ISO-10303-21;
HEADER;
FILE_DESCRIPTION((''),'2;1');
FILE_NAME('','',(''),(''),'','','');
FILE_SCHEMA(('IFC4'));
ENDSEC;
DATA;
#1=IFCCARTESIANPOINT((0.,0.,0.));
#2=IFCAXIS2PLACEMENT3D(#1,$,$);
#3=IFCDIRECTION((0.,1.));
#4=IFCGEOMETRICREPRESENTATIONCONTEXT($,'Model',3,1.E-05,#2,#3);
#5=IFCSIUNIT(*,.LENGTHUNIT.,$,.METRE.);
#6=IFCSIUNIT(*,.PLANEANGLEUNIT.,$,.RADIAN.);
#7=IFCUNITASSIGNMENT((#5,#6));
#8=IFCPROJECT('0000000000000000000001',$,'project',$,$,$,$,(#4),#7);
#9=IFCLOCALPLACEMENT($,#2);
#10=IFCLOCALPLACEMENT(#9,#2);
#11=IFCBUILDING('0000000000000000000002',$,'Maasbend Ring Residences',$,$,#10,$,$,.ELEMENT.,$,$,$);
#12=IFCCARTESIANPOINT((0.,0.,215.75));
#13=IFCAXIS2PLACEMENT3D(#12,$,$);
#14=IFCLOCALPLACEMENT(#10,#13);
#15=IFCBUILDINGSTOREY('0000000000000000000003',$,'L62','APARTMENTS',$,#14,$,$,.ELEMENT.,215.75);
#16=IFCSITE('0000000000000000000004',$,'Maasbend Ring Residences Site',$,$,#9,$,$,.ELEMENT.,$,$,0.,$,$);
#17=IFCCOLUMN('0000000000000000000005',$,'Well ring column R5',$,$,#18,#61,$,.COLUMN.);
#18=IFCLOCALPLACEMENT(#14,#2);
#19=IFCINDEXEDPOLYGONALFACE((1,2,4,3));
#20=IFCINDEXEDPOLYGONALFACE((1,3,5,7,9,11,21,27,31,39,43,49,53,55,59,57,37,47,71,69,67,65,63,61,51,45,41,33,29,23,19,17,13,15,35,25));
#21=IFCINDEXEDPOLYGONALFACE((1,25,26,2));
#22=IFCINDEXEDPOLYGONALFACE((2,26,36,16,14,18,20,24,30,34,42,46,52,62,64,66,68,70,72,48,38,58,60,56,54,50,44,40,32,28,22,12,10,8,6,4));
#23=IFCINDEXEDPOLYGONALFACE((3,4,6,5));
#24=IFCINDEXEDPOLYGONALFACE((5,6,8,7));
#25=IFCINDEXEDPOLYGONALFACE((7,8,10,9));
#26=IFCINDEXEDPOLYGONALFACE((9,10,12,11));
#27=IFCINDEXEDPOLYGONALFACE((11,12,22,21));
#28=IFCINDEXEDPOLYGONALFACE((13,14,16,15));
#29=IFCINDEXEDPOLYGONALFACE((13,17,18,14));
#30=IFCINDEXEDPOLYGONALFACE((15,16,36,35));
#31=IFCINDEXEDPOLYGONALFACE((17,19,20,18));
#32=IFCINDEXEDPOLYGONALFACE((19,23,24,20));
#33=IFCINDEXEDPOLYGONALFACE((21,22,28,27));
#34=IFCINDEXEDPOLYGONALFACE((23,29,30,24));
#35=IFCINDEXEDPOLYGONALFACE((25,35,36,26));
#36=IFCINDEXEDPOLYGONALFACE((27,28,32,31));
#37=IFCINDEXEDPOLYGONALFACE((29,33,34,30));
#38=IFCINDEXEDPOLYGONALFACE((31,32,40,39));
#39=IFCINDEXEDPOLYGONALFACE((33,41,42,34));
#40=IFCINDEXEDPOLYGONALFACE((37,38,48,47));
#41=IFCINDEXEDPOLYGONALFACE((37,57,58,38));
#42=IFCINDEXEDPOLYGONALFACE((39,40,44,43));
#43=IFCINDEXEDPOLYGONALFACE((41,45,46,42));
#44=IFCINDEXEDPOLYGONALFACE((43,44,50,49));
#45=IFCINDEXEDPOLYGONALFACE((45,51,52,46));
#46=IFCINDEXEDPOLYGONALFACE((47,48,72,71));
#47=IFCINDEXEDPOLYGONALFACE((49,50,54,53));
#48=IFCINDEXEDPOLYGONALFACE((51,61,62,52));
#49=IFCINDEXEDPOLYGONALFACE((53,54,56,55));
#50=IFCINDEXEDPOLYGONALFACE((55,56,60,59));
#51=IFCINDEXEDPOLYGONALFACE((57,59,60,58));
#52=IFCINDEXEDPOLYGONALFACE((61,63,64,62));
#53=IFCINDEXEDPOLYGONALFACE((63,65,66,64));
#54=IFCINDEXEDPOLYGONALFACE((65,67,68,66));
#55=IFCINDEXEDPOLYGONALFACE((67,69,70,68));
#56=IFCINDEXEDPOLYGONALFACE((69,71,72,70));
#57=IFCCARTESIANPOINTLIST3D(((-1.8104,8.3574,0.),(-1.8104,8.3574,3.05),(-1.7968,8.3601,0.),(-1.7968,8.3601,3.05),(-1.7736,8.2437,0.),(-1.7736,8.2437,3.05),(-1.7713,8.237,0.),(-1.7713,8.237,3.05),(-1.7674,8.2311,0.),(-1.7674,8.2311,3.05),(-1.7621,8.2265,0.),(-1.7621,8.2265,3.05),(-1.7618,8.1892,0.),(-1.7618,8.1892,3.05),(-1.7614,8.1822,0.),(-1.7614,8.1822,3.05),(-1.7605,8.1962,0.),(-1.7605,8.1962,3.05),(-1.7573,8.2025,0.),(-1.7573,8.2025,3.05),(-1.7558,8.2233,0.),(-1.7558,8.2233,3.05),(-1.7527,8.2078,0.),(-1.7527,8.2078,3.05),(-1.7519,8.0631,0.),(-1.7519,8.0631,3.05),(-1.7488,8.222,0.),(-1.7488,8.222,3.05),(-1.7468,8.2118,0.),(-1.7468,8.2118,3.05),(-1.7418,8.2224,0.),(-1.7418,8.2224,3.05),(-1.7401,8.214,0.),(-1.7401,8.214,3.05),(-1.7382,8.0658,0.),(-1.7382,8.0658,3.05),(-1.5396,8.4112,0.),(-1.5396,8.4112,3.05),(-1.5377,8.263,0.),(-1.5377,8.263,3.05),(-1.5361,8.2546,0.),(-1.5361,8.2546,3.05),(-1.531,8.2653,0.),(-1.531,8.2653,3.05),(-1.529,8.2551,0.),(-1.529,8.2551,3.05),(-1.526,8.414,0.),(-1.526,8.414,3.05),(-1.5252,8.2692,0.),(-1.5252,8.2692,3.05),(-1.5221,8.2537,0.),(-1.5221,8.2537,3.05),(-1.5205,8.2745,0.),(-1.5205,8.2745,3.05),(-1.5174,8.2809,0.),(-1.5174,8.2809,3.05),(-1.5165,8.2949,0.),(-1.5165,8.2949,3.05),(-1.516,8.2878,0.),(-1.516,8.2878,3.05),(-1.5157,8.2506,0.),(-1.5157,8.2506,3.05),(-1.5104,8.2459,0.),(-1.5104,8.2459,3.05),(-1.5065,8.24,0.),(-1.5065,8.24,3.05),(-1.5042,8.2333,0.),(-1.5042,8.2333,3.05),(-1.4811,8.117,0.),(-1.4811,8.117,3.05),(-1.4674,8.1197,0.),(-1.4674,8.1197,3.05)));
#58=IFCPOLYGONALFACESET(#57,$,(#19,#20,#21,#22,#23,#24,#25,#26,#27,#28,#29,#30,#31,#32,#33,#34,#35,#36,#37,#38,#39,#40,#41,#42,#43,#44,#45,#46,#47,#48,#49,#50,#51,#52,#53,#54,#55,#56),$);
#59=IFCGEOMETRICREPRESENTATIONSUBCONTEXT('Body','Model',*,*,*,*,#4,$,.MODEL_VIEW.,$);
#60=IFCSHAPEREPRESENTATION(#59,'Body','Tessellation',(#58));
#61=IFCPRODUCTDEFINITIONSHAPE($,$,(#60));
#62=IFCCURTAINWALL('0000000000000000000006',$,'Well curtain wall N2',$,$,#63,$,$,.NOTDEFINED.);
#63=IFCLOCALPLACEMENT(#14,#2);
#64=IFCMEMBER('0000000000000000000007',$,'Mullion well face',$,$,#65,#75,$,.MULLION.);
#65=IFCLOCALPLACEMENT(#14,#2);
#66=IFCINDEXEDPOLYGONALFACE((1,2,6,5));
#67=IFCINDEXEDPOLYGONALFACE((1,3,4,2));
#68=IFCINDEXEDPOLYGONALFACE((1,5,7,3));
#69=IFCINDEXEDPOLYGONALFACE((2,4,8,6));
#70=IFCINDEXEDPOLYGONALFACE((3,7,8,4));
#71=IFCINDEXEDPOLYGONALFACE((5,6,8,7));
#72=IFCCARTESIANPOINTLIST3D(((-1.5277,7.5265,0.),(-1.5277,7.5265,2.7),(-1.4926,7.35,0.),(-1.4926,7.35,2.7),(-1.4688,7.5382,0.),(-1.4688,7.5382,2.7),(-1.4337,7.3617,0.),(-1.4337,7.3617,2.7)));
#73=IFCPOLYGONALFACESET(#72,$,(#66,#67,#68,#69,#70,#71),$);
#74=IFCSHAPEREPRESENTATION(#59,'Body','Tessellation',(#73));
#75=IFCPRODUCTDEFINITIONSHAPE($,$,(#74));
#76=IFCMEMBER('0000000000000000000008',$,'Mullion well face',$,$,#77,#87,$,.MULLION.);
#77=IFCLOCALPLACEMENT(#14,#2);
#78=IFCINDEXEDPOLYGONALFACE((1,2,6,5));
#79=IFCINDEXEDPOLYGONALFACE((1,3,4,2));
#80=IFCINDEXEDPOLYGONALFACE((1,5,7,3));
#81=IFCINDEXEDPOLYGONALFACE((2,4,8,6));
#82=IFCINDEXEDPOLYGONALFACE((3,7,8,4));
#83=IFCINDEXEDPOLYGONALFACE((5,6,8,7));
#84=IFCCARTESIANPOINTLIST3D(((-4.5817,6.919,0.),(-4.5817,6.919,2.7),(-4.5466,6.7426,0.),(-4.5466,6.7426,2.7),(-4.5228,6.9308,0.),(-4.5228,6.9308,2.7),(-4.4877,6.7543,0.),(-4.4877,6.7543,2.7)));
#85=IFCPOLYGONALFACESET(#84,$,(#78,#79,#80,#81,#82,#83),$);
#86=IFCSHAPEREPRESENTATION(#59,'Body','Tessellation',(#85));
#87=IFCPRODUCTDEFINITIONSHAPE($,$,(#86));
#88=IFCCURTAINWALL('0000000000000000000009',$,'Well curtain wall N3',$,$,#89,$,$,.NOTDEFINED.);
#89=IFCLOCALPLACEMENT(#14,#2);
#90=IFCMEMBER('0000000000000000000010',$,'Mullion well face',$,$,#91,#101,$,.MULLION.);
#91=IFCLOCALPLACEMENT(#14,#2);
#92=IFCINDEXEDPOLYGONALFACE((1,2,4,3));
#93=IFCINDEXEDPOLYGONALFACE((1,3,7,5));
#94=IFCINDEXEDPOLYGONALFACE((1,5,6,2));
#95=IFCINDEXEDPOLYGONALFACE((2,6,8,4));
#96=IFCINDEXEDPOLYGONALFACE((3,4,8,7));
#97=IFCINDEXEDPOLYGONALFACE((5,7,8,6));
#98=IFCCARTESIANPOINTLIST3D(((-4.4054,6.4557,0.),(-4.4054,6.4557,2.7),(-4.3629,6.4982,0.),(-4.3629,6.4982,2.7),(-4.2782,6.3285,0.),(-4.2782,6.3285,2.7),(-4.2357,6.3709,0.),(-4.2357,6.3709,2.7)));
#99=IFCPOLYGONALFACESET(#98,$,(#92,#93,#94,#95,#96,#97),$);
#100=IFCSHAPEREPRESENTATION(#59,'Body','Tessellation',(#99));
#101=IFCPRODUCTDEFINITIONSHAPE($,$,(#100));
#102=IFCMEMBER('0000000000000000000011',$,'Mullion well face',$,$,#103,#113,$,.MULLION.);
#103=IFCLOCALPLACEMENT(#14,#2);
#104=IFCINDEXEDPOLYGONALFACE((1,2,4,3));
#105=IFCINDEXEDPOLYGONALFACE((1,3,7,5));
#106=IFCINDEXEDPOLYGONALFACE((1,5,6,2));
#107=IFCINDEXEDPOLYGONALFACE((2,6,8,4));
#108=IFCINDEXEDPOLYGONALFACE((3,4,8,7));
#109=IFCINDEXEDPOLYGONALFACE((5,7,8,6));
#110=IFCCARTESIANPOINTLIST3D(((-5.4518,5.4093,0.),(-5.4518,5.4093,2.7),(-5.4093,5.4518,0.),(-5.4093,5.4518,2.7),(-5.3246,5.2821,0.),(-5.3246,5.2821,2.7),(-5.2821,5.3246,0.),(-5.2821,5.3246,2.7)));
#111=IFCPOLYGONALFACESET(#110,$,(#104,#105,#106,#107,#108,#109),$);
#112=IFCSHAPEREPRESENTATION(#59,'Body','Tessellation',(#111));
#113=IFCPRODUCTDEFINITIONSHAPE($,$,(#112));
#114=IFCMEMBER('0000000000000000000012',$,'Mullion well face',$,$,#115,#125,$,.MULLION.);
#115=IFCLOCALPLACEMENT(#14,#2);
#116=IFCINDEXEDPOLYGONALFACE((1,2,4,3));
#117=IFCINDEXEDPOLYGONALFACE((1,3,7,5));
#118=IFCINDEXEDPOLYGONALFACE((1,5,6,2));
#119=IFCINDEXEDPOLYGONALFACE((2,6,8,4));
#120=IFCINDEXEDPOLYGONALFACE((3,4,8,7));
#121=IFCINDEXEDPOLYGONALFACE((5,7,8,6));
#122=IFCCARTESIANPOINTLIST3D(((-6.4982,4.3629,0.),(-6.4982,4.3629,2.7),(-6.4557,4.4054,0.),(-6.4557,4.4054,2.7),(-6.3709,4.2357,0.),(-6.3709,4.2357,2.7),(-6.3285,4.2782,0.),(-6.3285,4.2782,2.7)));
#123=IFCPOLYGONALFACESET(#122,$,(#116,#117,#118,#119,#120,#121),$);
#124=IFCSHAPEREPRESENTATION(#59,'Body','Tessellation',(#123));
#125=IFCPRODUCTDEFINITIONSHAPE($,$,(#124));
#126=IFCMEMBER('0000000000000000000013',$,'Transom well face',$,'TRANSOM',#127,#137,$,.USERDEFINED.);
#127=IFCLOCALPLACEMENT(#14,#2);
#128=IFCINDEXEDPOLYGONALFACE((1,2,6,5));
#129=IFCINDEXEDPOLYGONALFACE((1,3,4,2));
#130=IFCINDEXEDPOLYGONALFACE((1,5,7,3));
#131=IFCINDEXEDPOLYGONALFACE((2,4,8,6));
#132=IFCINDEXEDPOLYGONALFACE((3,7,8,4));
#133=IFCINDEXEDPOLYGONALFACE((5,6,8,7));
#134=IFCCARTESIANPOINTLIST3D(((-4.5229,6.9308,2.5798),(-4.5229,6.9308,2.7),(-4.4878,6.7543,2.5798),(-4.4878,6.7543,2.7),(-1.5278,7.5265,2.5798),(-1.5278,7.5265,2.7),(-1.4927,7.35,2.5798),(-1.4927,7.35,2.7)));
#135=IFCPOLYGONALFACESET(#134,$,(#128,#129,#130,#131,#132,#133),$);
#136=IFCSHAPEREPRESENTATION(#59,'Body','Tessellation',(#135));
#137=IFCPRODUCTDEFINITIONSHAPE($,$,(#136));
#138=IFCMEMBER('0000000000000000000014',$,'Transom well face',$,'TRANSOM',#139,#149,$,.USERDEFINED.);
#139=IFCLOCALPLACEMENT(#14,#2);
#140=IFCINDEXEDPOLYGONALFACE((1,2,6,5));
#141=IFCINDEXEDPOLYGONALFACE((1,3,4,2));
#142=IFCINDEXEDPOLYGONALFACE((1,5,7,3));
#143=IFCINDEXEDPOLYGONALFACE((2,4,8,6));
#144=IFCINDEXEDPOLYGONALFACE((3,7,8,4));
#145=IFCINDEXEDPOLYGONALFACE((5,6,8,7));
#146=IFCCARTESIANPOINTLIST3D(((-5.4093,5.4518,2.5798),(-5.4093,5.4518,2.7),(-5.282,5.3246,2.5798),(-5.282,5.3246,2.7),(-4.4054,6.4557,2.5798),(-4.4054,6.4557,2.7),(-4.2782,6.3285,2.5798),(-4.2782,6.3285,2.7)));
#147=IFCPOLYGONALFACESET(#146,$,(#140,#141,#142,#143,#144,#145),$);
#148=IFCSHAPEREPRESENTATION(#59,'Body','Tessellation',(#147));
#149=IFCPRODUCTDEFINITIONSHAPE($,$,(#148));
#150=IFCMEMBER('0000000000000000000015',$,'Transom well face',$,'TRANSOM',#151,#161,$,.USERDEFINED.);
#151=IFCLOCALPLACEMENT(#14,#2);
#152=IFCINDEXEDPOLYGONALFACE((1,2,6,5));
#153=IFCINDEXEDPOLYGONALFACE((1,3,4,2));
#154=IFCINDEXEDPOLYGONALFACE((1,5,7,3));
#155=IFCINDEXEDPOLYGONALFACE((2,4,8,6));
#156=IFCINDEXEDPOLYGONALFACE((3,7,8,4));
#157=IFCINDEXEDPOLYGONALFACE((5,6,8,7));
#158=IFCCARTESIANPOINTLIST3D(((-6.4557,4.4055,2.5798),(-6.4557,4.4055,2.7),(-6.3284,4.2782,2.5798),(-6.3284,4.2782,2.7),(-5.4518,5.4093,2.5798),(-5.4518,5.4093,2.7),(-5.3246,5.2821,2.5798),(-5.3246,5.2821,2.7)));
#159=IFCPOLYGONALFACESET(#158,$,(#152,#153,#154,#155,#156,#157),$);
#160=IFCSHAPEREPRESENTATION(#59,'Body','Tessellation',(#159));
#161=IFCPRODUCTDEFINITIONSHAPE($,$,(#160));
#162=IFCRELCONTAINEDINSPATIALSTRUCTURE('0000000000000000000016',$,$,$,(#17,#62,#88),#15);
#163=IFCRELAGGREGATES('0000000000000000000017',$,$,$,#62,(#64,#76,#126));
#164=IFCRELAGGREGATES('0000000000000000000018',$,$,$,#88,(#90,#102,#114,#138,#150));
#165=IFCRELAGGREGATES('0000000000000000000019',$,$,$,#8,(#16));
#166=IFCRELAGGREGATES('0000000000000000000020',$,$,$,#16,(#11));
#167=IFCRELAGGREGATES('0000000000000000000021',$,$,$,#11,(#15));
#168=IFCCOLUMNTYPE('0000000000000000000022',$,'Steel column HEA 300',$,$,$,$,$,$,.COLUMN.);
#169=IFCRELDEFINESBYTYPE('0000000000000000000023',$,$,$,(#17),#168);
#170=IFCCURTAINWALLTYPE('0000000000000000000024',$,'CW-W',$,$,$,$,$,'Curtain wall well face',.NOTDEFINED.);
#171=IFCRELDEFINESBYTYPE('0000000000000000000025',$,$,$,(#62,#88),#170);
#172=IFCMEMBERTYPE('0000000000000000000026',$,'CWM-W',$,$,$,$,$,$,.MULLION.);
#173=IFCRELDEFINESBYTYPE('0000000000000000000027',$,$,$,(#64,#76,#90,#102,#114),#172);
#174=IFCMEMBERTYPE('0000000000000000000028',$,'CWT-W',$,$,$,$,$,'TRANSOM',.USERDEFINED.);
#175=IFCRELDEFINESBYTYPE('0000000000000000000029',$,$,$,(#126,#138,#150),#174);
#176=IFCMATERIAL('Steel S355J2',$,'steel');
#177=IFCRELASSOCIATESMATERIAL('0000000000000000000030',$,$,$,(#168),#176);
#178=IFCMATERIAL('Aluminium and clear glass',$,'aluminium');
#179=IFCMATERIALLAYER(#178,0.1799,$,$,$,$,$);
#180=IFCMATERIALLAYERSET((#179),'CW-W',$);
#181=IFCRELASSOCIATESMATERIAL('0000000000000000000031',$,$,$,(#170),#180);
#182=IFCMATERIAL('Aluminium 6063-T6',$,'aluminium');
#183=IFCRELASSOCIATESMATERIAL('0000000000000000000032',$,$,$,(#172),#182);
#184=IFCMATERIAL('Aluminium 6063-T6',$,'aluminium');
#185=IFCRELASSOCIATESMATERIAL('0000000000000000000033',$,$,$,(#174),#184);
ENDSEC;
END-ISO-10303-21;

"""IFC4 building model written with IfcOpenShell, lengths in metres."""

from ifc_helpers import new_model, si_unit, direction, frame, origin, origin_2d, place, context, subcontext, project, spatial, rectangle, i_section, extrude, material, layer, layer_set, material_profile, profile_set, type_object, element, aggregate, save


model = new_model("IFC4")

# Units and contexts
model_context = context("Model", 3, precision=1e-05, world=origin(), true_north=direction((0.0, 1.0)))
body_context = subcontext(model_context, "Body", "Model", "MODEL_VIEW")
ifc_project = project(units=[si_unit("LENGTHUNIT", "METRE"), si_unit("PLANEANGLEUNIT", "RADIAN")], contexts=[model_context])

# Site, building, storey
site_placement = place(None, origin())
site = spatial("IfcSite", under=ifc_project, at=site_placement, Name="Maasbend Ring Residences Site", CompositionType="ELEMENT", RefElevation=0.0)
building_placement = place(site_placement, origin())
building = spatial("IfcBuilding", under=site, at=building_placement, Name="Maasbend Ring Residences", CompositionType="ELEMENT")
storey_placement = place(building_placement, frame((0.0, 0.0, 215.75)))
storey = spatial("IfcBuildingStorey", under=building, at=storey_placement, Name="L62", Description="APARTMENTS", CompositionType="ELEMENT", Elevation=215.75)

# Column
ifc_material_1 = material(Name="Steel S355J2", Category="steel")
ifc_material_profile_1 = material_profile(ifc_material_1, i_section(OverallWidth=0.3, OverallDepth=0.29, WebThickness=0.0085, FlangeThickness=0.0139, FilletRadius=0.0271, at=origin_2d()), Name="HEA 300")
ifc_profile_set_1 = profile_set([ifc_material_profile_1], Name="Steel S355J2")
column_type = type_object("IfcColumnType", Name="Steel column HEA 300", PredefinedType="COLUMN", material=ifc_profile_set_1)
column_placement = place(storey_placement, frame((-1.6389, 8.2385, 0.0), z_axis=(0.0, 0.0, 1.0), x_axis=(-0.19509, 0.980785, 0.0)))
element("IfcColumn", 1, at=column_placement, inside=storey, type_object=column_type, Name="Well ring column R5", PredefinedType="COLUMN", context=body_context, shape_type="SweptSolid", body=[
    extrude(i_section(OverallWidth=0.3, OverallDepth=0.29, WebThickness=0.0085, FlangeThickness=0.0139, FilletRadius=0.0271, at=origin_2d()), origin(), (0.0, 0.0, 1.0), 3.05),
])

# Curtain walls, members
ifc_material_2 = material(Name="Aluminium and clear glass", Category="aluminium")
ifc_layer_1 = layer(ifc_material_2, 0.1799)
ifc_layer_set_1 = layer_set([ifc_layer_1], Name="CW-W")
curtain_wall_type = type_object("IfcCurtainWallType", Name="CW-W", ElementType="Curtain wall well face", PredefinedType="NOTDEFINED", material=ifc_layer_set_1)
curtain_wall_1_placement = place(storey_placement, origin())
curtain_wall_1 = element("IfcCurtainWall", 2, at=curtain_wall_1_placement, inside=storey, type_object=curtain_wall_type, Name="Well curtain wall N2", PredefinedType="NOTDEFINED")
ifc_material_3 = material(Name="Aluminium 6063-T6", Category="aluminium")
ifc_material_profile_2 = material_profile(ifc_material_3, rectangle(XDim=0.1799, YDim=0.0601, at=origin_2d()), Name="AL 180x60")
ifc_profile_set_2 = profile_set([ifc_material_profile_2], Name="Aluminium 6063-T6")
member_type_1 = type_object("IfcMemberType", Name="CWM-W", PredefinedType="MULLION", material=ifc_profile_set_2)
member_1_placement = place(storey_placement, frame((-1.4807, 7.4441, 0.0), z_axis=(0.0, 0.0, 1.0), x_axis=(0.19509, -0.980785, 0.0)))
member_1 = element("IfcMember", 3, at=member_1_placement, type_object=member_type_1, Name="Mullion well face", PredefinedType="MULLION", context=body_context, shape_type="SweptSolid", body=[
    extrude(rectangle(XDim=0.1799, YDim=0.0601, at=origin_2d()), origin(), (0.0, 0.0, 1.0), 2.7),
])
member_2_placement = place(storey_placement, frame((-4.5347, 6.8367, 0.0), z_axis=(0.0, 0.0, 1.0), x_axis=(0.19509, -0.980785, 0.0)))
member_2 = element("IfcMember", 4, at=member_2_placement, type_object=member_type_1, Name="Mullion well face", PredefinedType="MULLION", context=body_context, shape_type="SweptSolid", body=[
    extrude(rectangle(XDim=0.1799, YDim=0.0601, at=origin_2d()), origin(), (0.0, 0.0, 1.0), 2.7),
])
curtain_wall_2_placement = place(storey_placement, origin())
curtain_wall_2 = element("IfcCurtainWall", 5, at=curtain_wall_2_placement, inside=storey, type_object=curtain_wall_type, Name="Well curtain wall N3", PredefinedType="NOTDEFINED")
member_3_placement = place(storey_placement, frame((-4.3206, 6.4133, 0.0), z_axis=(0.0, 0.0, 1.0), x_axis=(0.707107, -0.707107, 0.0)))
member_3 = element("IfcMember", 6, at=member_3_placement, type_object=member_type_1, Name="Mullion well face", PredefinedType="MULLION", context=body_context, shape_type="SweptSolid", body=[
    extrude(rectangle(XDim=0.1799, YDim=0.0601, at=origin_2d()), origin(), (0.0, 0.0, 1.0), 2.7),
])
member_4_placement = place(storey_placement, frame((-5.3669, 5.3669, 0.0), z_axis=(0.0, 0.0, 1.0), x_axis=(0.707107, -0.707107, 0.0)))
member_4 = element("IfcMember", 7, at=member_4_placement, type_object=member_type_1, Name="Mullion well face", PredefinedType="MULLION", context=body_context, shape_type="SweptSolid", body=[
    extrude(rectangle(XDim=0.1799, YDim=0.0601, at=origin_2d()), origin(), (0.0, 0.0, 1.0), 2.7),
])
member_5_placement = place(storey_placement, frame((-6.4133, 4.3206, 0.0), z_axis=(0.0, 0.0, 1.0), x_axis=(0.707107, -0.707107, 0.0)))
member_5 = element("IfcMember", 8, at=member_5_placement, type_object=member_type_1, Name="Mullion well face", PredefinedType="MULLION", context=body_context, shape_type="SweptSolid", body=[
    extrude(rectangle(XDim=0.1799, YDim=0.0601, at=origin_2d()), origin(), (0.0, 0.0, 1.0), 2.7),
])

# Members
ifc_material_4 = material(Name="Aluminium 6063-T6", Category="aluminium")
ifc_material_profile_3 = material_profile(ifc_material_4, rectangle(XDim=0.1799, YDim=0.1201, at=origin_2d()), Name="AL 180x120")
ifc_profile_set_3 = profile_set([ifc_material_profile_3], Name="Aluminium 6063-T6")
member_type_2 = type_object("IfcMemberType", Name="CWT-W", ElementType="TRANSOM", PredefinedType="USERDEFINED", material=ifc_profile_set_3)
member_6_placement = place(storey_placement, frame((-1.5103, 7.4382, 2.6399), z_axis=(-0.980789, -0.195071, 0.0), x_axis=(0.195071, -0.980789, 0.0)))
member_6 = element("IfcMember", 9, at=member_6_placement, type_object=member_type_2, Name="Transom well face", ObjectType="TRANSOM", PredefinedType="USERDEFINED", context=body_context, shape_type="SweptSolid", body=[
    extrude(rectangle(XDim=0.1799, YDim=0.1201, at=origin_2d()), origin(), (0.0, 0.0, 1.0), 3.0537),
])
member_7_placement = place(storey_placement, frame((-4.3418, 6.3921, 2.6399), z_axis=(-0.707107, -0.707107, 0.0), x_axis=(0.707107, -0.707107, 0.0)))
member_7 = element("IfcMember", 10, at=member_7_placement, type_object=member_type_2, Name="Transom well face", ObjectType="TRANSOM", PredefinedType="USERDEFINED", context=body_context, shape_type="SweptSolid", body=[
    extrude(rectangle(XDim=0.1799, YDim=0.1201, at=origin_2d()), origin(), (0.0, 0.0, 1.0), 1.4197),
])
member_8_placement = place(storey_placement, frame((-5.3882, 5.3457, 2.6399), z_axis=(-0.707107, -0.707107, 0.0), x_axis=(0.707107, -0.707107, 0.0)))
member_8 = element("IfcMember", 11, at=member_8_placement, type_object=member_type_2, Name="Transom well face", ObjectType="TRANSOM", PredefinedType="USERDEFINED", context=body_context, shape_type="SweptSolid", body=[
    extrude(rectangle(XDim=0.1799, YDim=0.1201, at=origin_2d()), origin(), (0.0, 0.0, 1.0), 1.4197),
])

aggregate(curtain_wall_1, [member_1, member_2, member_6])
aggregate(curtain_wall_2, [member_3, member_4, member_5, member_7, member_8])

save(model, "model.ifc")
